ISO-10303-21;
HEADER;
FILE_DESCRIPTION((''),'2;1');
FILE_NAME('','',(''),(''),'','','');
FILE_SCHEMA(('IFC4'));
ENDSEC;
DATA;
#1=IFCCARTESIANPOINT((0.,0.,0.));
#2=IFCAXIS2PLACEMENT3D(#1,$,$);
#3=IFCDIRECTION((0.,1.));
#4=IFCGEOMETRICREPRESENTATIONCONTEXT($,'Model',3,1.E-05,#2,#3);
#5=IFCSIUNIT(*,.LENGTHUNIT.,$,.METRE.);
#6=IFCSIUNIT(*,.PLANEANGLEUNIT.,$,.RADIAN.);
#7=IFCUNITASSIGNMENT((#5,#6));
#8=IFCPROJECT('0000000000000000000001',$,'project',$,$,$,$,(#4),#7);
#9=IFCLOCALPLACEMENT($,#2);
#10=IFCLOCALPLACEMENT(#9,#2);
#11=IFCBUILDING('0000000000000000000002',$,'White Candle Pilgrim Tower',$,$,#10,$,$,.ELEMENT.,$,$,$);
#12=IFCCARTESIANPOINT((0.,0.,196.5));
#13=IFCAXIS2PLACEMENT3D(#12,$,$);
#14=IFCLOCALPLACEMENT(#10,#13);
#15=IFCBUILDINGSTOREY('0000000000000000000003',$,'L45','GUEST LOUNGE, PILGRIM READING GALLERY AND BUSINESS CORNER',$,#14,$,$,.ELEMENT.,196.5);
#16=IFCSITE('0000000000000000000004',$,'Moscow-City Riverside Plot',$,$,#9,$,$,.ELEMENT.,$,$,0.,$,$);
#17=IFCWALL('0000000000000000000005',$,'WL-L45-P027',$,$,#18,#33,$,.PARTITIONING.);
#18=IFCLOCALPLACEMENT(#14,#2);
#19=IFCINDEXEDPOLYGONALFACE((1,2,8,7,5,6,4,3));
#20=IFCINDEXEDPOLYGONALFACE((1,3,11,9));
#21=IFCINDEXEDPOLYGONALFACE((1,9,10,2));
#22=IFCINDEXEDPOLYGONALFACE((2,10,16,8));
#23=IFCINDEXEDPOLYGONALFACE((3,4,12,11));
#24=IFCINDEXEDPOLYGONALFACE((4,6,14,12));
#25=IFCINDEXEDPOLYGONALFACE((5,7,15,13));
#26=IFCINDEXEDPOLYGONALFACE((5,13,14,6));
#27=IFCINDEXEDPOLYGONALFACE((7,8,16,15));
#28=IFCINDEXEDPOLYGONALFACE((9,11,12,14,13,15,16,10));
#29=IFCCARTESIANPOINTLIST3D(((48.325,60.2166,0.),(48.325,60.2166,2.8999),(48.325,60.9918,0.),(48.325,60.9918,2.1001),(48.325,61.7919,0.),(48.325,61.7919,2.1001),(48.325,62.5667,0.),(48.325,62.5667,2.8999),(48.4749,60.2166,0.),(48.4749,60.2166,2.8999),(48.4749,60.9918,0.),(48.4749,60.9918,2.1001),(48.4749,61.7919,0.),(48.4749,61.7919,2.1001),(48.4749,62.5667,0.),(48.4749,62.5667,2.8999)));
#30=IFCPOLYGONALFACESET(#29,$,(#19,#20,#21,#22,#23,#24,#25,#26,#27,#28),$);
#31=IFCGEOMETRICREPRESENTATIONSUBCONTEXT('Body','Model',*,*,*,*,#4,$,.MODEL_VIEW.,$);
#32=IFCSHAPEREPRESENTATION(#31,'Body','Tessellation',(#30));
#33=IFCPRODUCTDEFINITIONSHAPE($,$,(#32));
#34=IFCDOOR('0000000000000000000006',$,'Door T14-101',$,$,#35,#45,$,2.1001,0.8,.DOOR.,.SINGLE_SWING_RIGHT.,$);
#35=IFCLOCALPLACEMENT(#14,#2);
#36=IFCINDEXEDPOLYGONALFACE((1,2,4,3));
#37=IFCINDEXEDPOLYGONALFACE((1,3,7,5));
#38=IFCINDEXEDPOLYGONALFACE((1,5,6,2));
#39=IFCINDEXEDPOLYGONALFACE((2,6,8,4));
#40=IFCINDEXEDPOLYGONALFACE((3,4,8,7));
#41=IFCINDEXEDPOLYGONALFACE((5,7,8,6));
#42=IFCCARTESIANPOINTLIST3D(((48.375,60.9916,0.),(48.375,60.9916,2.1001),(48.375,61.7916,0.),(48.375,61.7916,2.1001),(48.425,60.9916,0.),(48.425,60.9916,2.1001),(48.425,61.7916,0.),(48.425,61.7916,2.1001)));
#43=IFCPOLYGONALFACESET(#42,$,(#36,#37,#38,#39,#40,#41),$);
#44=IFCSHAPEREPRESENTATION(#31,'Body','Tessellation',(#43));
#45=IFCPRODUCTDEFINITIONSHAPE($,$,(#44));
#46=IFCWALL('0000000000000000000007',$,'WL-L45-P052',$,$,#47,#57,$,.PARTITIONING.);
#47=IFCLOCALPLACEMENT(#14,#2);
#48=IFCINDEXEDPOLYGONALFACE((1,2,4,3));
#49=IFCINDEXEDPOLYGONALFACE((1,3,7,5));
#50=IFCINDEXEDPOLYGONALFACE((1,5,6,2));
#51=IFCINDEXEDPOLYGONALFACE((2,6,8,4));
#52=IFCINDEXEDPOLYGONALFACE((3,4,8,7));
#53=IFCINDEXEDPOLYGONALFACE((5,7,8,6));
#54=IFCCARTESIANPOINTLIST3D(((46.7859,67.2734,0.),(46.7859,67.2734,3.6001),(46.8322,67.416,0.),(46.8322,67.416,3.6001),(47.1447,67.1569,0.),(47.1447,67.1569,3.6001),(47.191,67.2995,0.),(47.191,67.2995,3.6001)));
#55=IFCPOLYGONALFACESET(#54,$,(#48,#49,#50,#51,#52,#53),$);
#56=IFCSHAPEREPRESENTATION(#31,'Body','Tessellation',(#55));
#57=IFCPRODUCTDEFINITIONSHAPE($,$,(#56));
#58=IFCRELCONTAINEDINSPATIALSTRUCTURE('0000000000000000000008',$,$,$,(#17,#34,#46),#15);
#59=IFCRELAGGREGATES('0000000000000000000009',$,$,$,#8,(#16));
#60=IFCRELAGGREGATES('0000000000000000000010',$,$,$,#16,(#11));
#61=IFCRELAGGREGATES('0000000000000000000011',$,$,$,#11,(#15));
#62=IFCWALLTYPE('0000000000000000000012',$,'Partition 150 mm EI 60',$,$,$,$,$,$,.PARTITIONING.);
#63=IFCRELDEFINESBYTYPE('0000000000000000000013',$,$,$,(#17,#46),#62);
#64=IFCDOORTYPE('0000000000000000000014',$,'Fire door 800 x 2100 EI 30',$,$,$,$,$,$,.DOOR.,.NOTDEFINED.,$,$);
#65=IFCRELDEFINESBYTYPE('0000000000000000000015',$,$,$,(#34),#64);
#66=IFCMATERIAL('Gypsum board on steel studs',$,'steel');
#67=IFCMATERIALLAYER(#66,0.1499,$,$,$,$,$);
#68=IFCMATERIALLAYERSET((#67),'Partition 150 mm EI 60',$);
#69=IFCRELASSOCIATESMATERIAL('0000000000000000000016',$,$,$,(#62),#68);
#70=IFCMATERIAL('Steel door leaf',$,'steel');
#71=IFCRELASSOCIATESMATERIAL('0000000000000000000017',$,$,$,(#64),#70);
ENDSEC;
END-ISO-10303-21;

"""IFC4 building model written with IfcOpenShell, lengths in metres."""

from ifc_helpers import new_model, si_unit, direction, frame, frame_2d, origin, place, context, subcontext, project, spatial, rectangle, extrude, material, layer, layer_set, type_object, element, fill, save


model = new_model("IFC4")

# Units and contexts
model_context = context("Model", 3, precision=1e-05, world=origin(), true_north=direction((0.0, 1.0)))
body_context = subcontext(model_context, "Body", "Model", "MODEL_VIEW")
ifc_project = project(units=[si_unit("LENGTHUNIT", "METRE"), si_unit("PLANEANGLEUNIT", "RADIAN")], contexts=[model_context])

# Site, building, storey
site_placement = place(None, origin())
site = spatial("IfcSite", under=ifc_project, at=site_placement, Name="Moscow-City Riverside Plot", CompositionType="ELEMENT", RefElevation=0.0)
building_placement = place(site_placement, origin())
building = spatial("IfcBuilding", under=site, at=building_placement, Name="White Candle Pilgrim Tower", CompositionType="ELEMENT")
storey_placement = place(building_placement, frame((0.0, 0.0, 196.5)))
storey = spatial("IfcBuildingStorey", under=building, at=storey_placement, Name="L45", Description="GUEST LOUNGE, PILGRIM READING GALLERY AND BUSINESS CORNER", CompositionType="ELEMENT", Elevation=196.5)

# Shared definitions
ifc_material_1 = material(Name="Steel door leaf", Category="steel")

# Shared definitions
ifc_material_2 = material(Name="Gypsum board on steel studs", Category="steel")
ifc_layer_1 = layer(ifc_material_2, 0.1499)
ifc_layer_set_1 = layer_set([ifc_layer_1], Name="Partition 150 mm EI 60")
wall_type_1 = type_object("IfcWallType", Name="Partition 150 mm EI 60", PredefinedType="PARTITIONING", material=ifc_layer_set_1)

# Wall, opening, door
wall_1_placement = place(storey_placement, frame((48.3999, 62.5667, 0.0), z_axis=(0.0, 0.0, 1.0), x_axis=(0.0, -1.0, 0.0)))
wall_1 = element("IfcWall", 1, at=wall_1_placement, inside=storey, type_object=wall_type_1, Name="WL-L45-P027", PredefinedType="PARTITIONING", context=body_context, shape_type="SweptSolid", body=[
    extrude(rectangle(XDim=2.3501, YDim=0.1499, at=frame_2d((1.175, 0.0))), origin(), (0.0, 0.0, 1.0), 2.8999),
])
opening_1_placement = place(wall_1_placement, frame((0.7749, 0.0, 0.0)))
opening_1 = element("IfcOpeningElement", 2, at=opening_1_placement, cuts=wall_1, PredefinedType="OPENING", context=body_context, shape_type="SweptSolid", body=[
    extrude(rectangle(XDim=0.8, YDim=2.1001, at=frame_2d((0.3999, 1.05))), frame((0.0, 0.085, 0.0), z_axis=(0.0, -1.0, 0.0), x_axis=(1.0, 0.0, 0.0)), (0.0, 0.0, 1.0), 0.1699),
])
door_type_1 = type_object("IfcDoorType", Name="Fire door 800 x 2100 EI 30", OperationType="NOTDEFINED", PredefinedType="DOOR", material=ifc_material_1)
door_1_placement = place(opening_1_placement, frame((0.8, 0.0, 0.0), z_axis=(0.0, 0.0, 1.0), x_axis=(-1.0, 0.0, 0.0)))
door_1 = element("IfcDoor", 3, at=door_1_placement, inside=storey, type_object=door_type_1, Name="Door T14-101", OperationType="SINGLE_SWING_RIGHT", OverallHeight=2.1001, OverallWidth=0.8, PredefinedType="DOOR", context=body_context, shape_type="SweptSolid", body=[
    extrude(rectangle(XDim=0.8, YDim=2.1001, at=frame_2d((0.3999, 1.05))), frame((0.0, 0.0249, 0.0), z_axis=(0.0, -1.0, 0.0), x_axis=(1.0, 0.0, 0.0)), (0.0, 0.0, 1.0), 0.05),
])
fill(opening_1, door_1)

# Wall
wall_2_placement = place(storey_placement, frame((47.1677, 67.2283, 0.0), z_axis=(0.0, 0.0, 1.0), x_axis=(-0.951115, 0.308837, 0.0)))
element("IfcWall", 4, at=wall_2_placement, inside=storey, type_object=wall_type_1, Name="WL-L45-P052", PredefinedType="PARTITIONING", context=body_context, shape_type="SweptSolid", body=[
    extrude(rectangle(XDim=0.3772, YDim=0.1499, at=frame_2d((0.1885, 0.0))), origin(), (0.0, 0.0, 1.0), 3.6001),
])

save(model, "model.ifc")
